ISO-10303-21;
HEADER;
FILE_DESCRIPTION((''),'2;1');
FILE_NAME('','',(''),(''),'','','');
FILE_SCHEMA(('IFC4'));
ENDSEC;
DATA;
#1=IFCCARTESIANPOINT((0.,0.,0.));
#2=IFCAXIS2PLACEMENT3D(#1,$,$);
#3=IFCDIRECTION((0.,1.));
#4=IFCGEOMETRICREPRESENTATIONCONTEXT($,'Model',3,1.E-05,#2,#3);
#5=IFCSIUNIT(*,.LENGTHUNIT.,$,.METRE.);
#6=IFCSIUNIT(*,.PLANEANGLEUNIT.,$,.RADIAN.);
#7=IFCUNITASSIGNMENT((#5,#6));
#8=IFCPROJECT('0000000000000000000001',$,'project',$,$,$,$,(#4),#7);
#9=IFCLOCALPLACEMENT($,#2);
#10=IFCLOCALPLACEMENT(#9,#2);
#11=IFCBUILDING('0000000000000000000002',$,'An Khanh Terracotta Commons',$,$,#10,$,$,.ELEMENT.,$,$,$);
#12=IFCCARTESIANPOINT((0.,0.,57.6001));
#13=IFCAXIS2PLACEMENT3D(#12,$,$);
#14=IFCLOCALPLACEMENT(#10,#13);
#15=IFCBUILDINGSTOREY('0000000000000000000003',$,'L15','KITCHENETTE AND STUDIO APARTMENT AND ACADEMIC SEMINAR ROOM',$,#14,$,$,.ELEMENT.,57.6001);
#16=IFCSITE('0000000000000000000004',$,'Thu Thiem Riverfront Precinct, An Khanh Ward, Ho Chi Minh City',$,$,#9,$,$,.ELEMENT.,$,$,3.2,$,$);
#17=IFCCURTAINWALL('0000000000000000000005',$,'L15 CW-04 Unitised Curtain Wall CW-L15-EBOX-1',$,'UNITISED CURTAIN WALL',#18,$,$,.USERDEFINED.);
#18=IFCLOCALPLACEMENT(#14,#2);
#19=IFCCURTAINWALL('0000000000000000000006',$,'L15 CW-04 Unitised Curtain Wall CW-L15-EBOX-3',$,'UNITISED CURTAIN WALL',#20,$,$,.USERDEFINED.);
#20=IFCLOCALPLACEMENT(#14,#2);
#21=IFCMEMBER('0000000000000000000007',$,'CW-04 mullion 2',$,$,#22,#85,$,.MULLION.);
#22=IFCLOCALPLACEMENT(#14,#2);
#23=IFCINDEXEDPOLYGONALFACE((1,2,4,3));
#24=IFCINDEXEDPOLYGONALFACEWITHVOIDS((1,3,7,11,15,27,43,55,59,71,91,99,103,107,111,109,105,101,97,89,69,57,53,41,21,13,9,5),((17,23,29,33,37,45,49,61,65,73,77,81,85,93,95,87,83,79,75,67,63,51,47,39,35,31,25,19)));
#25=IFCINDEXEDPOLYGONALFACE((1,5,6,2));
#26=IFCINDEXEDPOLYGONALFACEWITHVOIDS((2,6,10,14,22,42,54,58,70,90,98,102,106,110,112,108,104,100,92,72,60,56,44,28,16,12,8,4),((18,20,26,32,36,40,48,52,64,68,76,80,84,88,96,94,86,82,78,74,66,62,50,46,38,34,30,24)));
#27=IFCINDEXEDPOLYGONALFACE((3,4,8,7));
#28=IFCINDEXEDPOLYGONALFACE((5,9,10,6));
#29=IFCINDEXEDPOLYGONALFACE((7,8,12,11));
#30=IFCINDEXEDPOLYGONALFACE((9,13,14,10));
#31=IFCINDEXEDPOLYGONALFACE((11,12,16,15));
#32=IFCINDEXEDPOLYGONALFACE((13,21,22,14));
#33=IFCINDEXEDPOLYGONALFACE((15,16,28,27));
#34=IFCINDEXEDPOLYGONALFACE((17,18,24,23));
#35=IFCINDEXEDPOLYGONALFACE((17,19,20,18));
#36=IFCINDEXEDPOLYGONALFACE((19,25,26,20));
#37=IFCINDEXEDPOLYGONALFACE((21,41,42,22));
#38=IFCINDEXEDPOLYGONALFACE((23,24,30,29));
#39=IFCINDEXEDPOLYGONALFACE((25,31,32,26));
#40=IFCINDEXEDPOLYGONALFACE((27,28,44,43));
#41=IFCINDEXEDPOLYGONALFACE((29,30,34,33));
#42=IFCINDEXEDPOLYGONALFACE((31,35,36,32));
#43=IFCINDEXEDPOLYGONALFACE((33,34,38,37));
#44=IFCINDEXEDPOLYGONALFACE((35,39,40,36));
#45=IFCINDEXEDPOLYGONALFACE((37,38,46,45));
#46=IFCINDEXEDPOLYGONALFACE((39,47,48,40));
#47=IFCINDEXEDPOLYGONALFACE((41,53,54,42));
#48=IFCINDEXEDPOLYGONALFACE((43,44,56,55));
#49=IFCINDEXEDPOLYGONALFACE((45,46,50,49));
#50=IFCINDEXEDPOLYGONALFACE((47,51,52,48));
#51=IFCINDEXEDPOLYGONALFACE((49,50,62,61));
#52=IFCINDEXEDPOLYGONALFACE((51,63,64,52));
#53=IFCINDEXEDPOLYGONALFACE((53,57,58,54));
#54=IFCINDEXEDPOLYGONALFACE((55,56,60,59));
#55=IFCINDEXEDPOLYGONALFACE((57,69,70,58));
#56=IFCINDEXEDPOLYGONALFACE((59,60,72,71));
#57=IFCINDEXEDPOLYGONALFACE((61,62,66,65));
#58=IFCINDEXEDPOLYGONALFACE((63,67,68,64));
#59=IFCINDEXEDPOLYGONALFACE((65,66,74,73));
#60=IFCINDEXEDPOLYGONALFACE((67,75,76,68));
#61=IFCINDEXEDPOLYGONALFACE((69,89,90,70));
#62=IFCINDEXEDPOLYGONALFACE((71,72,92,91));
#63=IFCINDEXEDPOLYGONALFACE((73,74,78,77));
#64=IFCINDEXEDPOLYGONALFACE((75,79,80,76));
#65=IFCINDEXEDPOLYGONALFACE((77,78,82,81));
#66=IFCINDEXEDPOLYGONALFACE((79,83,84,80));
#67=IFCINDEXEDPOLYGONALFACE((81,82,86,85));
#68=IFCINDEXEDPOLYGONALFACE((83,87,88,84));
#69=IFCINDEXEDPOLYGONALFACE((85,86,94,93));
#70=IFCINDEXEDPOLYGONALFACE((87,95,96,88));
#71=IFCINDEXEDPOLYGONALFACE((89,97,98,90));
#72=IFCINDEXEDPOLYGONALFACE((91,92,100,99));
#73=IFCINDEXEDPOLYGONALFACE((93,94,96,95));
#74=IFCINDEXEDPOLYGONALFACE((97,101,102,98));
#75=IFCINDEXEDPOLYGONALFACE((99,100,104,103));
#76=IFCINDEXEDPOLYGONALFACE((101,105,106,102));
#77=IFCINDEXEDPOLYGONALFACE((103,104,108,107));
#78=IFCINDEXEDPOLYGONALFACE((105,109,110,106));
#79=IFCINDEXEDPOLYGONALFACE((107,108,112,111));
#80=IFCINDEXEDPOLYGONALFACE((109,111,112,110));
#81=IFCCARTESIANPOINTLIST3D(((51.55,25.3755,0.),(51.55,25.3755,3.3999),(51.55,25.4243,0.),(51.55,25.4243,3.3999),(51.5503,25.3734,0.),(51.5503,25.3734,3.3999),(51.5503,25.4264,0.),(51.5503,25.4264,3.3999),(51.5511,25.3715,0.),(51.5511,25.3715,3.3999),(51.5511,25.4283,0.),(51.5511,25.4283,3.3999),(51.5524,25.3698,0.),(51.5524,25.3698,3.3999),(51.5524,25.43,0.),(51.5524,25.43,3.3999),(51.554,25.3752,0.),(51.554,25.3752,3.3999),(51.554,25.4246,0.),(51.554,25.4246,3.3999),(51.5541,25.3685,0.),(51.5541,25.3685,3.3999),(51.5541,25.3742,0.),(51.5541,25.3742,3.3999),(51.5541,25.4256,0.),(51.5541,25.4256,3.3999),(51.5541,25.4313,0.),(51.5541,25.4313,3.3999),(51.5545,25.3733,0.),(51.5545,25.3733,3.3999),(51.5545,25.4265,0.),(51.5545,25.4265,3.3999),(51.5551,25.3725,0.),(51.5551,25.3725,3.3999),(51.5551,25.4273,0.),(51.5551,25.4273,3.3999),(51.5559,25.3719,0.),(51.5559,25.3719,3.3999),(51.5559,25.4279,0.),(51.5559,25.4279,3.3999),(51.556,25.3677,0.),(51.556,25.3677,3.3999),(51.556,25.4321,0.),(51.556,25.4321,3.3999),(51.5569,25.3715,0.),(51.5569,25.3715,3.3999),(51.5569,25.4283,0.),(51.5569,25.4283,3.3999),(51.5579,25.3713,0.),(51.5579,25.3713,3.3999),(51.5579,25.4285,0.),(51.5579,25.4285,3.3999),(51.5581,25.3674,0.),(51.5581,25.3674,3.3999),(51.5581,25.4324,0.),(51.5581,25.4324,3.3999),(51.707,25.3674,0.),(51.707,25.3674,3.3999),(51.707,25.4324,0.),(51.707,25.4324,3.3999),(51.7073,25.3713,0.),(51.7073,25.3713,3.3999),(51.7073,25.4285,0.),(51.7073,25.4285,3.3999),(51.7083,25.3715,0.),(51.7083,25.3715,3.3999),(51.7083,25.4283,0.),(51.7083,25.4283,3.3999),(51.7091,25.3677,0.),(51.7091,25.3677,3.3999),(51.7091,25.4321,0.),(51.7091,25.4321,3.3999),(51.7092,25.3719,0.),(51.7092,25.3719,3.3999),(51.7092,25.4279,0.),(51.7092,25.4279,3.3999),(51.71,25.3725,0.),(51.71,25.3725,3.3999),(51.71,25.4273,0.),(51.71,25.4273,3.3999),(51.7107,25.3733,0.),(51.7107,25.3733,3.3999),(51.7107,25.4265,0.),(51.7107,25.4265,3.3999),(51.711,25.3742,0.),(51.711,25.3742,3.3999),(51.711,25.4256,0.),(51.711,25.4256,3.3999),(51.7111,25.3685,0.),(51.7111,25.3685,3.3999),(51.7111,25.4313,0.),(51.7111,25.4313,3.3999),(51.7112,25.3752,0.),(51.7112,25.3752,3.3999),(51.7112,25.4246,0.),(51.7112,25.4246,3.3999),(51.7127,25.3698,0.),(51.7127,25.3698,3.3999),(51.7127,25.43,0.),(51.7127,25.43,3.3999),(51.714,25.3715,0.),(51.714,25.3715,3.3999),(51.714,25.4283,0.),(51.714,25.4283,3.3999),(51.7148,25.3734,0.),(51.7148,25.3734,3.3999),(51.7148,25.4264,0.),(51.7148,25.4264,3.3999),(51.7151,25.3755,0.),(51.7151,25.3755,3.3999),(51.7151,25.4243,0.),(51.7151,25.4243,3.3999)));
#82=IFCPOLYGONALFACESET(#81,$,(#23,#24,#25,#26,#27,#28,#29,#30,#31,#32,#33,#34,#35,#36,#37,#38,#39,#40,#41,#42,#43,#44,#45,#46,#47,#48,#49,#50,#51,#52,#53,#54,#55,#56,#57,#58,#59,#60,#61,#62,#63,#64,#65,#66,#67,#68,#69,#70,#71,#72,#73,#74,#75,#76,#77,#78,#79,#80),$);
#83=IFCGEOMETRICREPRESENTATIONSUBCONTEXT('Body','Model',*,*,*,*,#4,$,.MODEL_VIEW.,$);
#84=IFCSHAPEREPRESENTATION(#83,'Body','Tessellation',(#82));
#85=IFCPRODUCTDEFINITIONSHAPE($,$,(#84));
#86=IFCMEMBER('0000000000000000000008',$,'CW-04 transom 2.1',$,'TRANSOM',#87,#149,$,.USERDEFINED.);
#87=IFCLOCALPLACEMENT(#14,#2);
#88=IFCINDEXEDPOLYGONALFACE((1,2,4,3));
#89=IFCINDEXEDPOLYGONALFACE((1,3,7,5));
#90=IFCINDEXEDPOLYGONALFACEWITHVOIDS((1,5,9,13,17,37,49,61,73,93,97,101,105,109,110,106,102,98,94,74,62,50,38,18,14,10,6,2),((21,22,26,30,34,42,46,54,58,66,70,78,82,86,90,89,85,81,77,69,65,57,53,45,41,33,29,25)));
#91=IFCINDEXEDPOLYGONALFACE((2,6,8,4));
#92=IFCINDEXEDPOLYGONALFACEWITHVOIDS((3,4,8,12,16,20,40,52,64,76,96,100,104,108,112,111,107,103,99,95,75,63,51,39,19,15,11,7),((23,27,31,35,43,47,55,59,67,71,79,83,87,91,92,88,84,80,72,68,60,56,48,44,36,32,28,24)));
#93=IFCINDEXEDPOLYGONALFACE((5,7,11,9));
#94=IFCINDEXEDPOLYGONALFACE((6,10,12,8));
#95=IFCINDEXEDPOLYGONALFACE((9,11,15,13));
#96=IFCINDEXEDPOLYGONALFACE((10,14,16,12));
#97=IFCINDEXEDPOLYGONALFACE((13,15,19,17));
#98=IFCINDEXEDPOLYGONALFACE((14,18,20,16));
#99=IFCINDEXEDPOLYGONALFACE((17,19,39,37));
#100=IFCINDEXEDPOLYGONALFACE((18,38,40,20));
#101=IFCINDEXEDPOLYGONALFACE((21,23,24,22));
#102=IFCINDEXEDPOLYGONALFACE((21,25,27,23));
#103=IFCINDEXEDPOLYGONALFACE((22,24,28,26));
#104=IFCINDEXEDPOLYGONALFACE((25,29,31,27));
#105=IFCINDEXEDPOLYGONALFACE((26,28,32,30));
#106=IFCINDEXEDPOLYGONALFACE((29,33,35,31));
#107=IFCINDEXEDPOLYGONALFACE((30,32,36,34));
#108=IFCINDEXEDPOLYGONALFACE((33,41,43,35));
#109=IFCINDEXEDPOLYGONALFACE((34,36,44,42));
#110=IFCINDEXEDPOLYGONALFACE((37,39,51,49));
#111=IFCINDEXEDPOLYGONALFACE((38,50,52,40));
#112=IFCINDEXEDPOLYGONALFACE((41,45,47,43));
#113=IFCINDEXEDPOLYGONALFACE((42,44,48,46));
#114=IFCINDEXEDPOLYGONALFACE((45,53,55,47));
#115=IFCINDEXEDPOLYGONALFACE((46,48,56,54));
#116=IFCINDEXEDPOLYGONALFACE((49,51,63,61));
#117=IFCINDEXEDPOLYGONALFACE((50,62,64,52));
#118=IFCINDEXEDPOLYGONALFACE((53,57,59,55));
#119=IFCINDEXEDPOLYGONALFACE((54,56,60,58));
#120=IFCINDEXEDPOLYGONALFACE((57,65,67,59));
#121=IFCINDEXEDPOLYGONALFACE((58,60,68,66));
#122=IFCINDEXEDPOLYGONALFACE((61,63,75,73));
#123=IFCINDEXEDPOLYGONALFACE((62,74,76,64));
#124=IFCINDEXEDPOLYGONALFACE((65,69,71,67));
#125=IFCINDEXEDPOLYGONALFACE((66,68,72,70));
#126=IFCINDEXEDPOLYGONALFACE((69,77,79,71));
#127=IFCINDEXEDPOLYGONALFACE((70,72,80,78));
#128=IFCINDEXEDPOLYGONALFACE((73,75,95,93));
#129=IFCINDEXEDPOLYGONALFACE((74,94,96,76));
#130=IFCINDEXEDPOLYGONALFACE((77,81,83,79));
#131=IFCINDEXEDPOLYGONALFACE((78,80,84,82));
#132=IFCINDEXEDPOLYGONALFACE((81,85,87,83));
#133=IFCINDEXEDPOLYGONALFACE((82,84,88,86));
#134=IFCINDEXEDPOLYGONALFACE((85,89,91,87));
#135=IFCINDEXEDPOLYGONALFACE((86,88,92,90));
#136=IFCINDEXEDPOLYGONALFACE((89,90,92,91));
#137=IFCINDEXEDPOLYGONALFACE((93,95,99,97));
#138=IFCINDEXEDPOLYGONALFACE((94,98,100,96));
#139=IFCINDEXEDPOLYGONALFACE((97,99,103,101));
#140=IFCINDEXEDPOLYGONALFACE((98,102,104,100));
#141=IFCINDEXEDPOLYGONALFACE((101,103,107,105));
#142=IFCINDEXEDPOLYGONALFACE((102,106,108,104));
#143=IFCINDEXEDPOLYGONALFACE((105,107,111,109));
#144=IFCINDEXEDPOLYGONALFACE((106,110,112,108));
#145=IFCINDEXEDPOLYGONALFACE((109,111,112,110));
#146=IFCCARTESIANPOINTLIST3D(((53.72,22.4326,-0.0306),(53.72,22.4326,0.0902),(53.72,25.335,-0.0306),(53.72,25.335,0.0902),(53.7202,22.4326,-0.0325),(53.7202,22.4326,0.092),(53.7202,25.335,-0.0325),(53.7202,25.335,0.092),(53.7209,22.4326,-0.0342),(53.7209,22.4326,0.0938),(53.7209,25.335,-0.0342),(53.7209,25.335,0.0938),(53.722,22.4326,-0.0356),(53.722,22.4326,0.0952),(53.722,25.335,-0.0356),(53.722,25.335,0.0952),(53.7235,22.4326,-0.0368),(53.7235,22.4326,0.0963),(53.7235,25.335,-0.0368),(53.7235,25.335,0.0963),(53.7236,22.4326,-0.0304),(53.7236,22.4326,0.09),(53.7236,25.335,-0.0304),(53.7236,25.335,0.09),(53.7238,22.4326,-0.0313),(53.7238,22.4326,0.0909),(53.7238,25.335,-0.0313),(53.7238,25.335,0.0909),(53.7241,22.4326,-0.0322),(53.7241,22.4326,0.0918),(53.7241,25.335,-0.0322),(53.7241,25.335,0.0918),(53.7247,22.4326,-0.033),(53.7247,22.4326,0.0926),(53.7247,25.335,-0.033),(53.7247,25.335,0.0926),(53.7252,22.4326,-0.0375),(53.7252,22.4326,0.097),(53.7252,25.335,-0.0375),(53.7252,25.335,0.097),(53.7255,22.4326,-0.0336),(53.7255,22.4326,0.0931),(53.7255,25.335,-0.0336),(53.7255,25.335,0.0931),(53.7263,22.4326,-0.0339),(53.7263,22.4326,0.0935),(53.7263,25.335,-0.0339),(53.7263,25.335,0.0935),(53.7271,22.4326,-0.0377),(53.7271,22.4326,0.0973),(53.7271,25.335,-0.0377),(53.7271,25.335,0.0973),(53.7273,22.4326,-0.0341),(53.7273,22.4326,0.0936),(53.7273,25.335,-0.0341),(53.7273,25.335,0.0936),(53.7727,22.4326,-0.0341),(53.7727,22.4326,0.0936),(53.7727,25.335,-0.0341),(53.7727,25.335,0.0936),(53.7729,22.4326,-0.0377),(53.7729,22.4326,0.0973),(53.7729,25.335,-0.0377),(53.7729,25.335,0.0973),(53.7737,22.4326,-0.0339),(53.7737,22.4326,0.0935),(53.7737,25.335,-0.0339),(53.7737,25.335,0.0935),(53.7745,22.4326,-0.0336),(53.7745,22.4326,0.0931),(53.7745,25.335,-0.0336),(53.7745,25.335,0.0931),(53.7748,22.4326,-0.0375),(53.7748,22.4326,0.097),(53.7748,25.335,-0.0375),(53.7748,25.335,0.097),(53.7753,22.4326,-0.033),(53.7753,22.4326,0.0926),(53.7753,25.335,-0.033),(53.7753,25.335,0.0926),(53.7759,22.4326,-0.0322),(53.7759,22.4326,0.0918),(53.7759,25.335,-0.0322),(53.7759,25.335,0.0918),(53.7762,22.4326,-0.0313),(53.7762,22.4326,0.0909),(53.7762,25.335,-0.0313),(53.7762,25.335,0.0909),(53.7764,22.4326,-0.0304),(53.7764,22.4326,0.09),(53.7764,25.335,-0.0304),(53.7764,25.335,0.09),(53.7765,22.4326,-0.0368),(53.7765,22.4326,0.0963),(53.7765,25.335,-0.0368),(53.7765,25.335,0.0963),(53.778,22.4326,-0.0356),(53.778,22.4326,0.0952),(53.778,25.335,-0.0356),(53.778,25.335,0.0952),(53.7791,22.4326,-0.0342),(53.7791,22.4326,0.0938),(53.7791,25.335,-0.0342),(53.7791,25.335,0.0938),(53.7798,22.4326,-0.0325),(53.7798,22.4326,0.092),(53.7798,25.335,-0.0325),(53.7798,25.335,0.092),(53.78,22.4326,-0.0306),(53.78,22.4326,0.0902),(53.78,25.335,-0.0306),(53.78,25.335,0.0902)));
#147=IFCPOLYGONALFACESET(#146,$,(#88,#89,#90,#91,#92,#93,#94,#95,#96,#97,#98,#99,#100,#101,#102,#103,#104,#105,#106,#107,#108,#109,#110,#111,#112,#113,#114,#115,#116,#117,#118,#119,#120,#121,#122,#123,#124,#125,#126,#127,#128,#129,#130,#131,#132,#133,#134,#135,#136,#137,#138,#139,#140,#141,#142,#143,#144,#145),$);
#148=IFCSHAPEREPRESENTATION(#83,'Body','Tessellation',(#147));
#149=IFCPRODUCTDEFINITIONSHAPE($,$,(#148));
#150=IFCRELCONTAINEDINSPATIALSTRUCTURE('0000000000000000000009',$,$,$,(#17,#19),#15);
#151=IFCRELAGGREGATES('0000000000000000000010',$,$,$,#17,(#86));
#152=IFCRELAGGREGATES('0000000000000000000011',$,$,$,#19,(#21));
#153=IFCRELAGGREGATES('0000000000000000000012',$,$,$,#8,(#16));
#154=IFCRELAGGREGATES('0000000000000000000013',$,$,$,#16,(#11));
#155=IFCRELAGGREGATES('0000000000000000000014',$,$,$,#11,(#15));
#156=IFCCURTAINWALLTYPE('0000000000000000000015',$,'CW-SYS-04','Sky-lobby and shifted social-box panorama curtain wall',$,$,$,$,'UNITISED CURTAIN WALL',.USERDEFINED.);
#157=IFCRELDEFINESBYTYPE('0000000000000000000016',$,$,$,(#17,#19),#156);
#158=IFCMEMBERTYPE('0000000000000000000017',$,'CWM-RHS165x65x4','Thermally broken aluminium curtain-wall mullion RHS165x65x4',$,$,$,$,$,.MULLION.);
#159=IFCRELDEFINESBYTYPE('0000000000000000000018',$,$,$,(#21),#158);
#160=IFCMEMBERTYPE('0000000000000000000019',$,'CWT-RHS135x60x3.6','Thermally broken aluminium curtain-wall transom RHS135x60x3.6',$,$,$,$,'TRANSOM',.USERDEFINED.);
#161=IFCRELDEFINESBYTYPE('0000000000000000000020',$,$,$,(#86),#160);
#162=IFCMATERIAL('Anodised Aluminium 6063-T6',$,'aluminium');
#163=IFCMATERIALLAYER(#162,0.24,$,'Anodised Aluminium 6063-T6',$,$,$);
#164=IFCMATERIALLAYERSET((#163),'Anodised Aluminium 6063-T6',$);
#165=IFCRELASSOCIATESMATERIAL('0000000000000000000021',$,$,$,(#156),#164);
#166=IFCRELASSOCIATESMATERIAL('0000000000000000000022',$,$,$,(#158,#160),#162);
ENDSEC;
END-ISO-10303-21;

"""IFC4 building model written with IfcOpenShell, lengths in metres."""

from ifc_helpers import new_model, si_unit, direction, frame, origin, origin_2d, place, context, subcontext, project, spatial, hollow_rectangle, extrude, material, layer, layer_set, material_profile, profile_set, type_object, element, aggregate, save


model = new_model("IFC4")

# Units and contexts
model_context = context("Model", 3, precision=1e-05, world=origin(), true_north=direction((0.0, 1.0)))
body_context = subcontext(model_context, "Body", "Model", "MODEL_VIEW")
ifc_project = project(units=[si_unit("LENGTHUNIT", "METRE"), si_unit("PLANEANGLEUNIT", "RADIAN")], contexts=[model_context])

# Site, building, storey
site_placement = place(None, origin())
site = spatial("IfcSite", under=ifc_project, at=site_placement, Name="Thu Thiem Riverfront Precinct, An Khanh Ward, Ho Chi Minh City", CompositionType="ELEMENT", RefElevation=3.2)
building_placement = place(site_placement, origin())
building = spatial("IfcBuilding", under=site, at=building_placement, Name="An Khanh Terracotta Commons", CompositionType="ELEMENT")
storey_placement = place(building_placement, frame((0.0, 0.0, 57.6001)))
storey = spatial("IfcBuildingStorey", under=building, at=storey_placement, Name="L15", Description="KITCHENETTE AND STUDIO APARTMENT AND ACADEMIC SEMINAR ROOM", CompositionType="ELEMENT", Elevation=57.6001)

# Curtain wall
ifc_material_1 = material(Name="Anodised Aluminium 6063-T6", Category="aluminium")
ifc_layer_1 = layer(ifc_material_1, 0.24, Name="Anodised Aluminium 6063-T6")
ifc_layer_set_1 = layer_set([ifc_layer_1], Name="Anodised Aluminium 6063-T6")
curtain_wall_type = type_object("IfcCurtainWallType", Name="CW-SYS-04", Description="Sky-lobby and shifted social-box panorama curtain wall", ElementType="UNITISED CURTAIN WALL", PredefinedType="USERDEFINED", material=ifc_layer_set_1)
curtain_wall_1_placement = place(storey_placement, origin())
curtain_wall_1 = element("IfcCurtainWall", 1, at=curtain_wall_1_placement, inside=storey, type_object=curtain_wall_type, Name="L15 CW-04 Unitised Curtain Wall CW-L15-EBOX-1", ObjectType="UNITISED CURTAIN WALL", PredefinedType="USERDEFINED")
ifc_material_profile_1 = material_profile(ifc_material_1, hollow_rectangle(XDim=0.0649, YDim=0.165, WallThickness=0.0039, InnerFilletRadius=0.0039, OuterFilletRadius=0.0081, at=origin_2d()), Name="RHS165x65x4")
ifc_profile_set_1 = profile_set([ifc_material_profile_1], Name="Anodised Aluminium 6063-T6")
member_type_1 = type_object("IfcMemberType", Name="CWM-RHS165x65x4", Description="Thermally broken aluminium curtain-wall mullion RHS165x65x4", PredefinedType="MULLION", material=ifc_profile_set_1)

# Curtain wall, member
curtain_wall_2_placement = place(storey_placement, origin())
curtain_wall_2 = element("IfcCurtainWall", 2, at=curtain_wall_2_placement, inside=storey, type_object=curtain_wall_type, Name="L15 CW-04 Unitised Curtain Wall CW-L15-EBOX-3", ObjectType="UNITISED CURTAIN WALL", PredefinedType="USERDEFINED")
member_1_placement = place(storey_placement, frame((51.6326, 25.3999, 0.0), z_axis=(0.0, 0.0, 1.0), x_axis=(0.0, -1.0, 0.0)))
member_1 = element("IfcMember", 3, at=member_1_placement, type_object=member_type_1, Name="CW-04 mullion 2", PredefinedType="MULLION", context=body_context, shape_type="SweptSolid", body=[
    extrude(hollow_rectangle(XDim=0.0649, YDim=0.165, WallThickness=0.0039, InnerFilletRadius=0.0039, OuterFilletRadius=0.0081, at=origin_2d()), origin(), (0.0, 0.0, 1.0), 3.3999),
])

# Member
ifc_material_profile_2 = material_profile(ifc_material_1, hollow_rectangle(XDim=0.0601, YDim=0.135, WallThickness=0.0037, InnerFilletRadius=0.0037, OuterFilletRadius=0.0071, at=origin_2d()), Name="RHS135x60x3.6")
ifc_profile_set_2 = profile_set([ifc_material_profile_2], Name="Anodised Aluminium 6063-T6")
member_type_2 = type_object("IfcMemberType", Name="CWT-RHS135x60x3.6", Description="Thermally broken aluminium curtain-wall transom RHS135x60x3.6", ElementType="TRANSOM", PredefinedType="USERDEFINED", material=ifc_profile_set_2)
member_2_placement = place(storey_placement, frame((53.75, 22.4326, 0.0298), z_axis=(0.0, 1.0, 0.0), x_axis=(-1.0, 0.0, 0.0)))
member_2 = element("IfcMember", 4, at=member_2_placement, type_object=member_type_2, Name="CW-04 transom 2.1", ObjectType="TRANSOM", PredefinedType="USERDEFINED", context=body_context, shape_type="SweptSolid", body=[
    extrude(hollow_rectangle(XDim=0.0601, YDim=0.135, WallThickness=0.0037, InnerFilletRadius=0.0037, OuterFilletRadius=0.0071, at=origin_2d()), origin(), (0.0, 0.0, 1.0), 2.9023),
])

aggregate(curtain_wall_1, [member_2])
aggregate(curtain_wall_2, [member_1])

save(model, "model.ifc")
